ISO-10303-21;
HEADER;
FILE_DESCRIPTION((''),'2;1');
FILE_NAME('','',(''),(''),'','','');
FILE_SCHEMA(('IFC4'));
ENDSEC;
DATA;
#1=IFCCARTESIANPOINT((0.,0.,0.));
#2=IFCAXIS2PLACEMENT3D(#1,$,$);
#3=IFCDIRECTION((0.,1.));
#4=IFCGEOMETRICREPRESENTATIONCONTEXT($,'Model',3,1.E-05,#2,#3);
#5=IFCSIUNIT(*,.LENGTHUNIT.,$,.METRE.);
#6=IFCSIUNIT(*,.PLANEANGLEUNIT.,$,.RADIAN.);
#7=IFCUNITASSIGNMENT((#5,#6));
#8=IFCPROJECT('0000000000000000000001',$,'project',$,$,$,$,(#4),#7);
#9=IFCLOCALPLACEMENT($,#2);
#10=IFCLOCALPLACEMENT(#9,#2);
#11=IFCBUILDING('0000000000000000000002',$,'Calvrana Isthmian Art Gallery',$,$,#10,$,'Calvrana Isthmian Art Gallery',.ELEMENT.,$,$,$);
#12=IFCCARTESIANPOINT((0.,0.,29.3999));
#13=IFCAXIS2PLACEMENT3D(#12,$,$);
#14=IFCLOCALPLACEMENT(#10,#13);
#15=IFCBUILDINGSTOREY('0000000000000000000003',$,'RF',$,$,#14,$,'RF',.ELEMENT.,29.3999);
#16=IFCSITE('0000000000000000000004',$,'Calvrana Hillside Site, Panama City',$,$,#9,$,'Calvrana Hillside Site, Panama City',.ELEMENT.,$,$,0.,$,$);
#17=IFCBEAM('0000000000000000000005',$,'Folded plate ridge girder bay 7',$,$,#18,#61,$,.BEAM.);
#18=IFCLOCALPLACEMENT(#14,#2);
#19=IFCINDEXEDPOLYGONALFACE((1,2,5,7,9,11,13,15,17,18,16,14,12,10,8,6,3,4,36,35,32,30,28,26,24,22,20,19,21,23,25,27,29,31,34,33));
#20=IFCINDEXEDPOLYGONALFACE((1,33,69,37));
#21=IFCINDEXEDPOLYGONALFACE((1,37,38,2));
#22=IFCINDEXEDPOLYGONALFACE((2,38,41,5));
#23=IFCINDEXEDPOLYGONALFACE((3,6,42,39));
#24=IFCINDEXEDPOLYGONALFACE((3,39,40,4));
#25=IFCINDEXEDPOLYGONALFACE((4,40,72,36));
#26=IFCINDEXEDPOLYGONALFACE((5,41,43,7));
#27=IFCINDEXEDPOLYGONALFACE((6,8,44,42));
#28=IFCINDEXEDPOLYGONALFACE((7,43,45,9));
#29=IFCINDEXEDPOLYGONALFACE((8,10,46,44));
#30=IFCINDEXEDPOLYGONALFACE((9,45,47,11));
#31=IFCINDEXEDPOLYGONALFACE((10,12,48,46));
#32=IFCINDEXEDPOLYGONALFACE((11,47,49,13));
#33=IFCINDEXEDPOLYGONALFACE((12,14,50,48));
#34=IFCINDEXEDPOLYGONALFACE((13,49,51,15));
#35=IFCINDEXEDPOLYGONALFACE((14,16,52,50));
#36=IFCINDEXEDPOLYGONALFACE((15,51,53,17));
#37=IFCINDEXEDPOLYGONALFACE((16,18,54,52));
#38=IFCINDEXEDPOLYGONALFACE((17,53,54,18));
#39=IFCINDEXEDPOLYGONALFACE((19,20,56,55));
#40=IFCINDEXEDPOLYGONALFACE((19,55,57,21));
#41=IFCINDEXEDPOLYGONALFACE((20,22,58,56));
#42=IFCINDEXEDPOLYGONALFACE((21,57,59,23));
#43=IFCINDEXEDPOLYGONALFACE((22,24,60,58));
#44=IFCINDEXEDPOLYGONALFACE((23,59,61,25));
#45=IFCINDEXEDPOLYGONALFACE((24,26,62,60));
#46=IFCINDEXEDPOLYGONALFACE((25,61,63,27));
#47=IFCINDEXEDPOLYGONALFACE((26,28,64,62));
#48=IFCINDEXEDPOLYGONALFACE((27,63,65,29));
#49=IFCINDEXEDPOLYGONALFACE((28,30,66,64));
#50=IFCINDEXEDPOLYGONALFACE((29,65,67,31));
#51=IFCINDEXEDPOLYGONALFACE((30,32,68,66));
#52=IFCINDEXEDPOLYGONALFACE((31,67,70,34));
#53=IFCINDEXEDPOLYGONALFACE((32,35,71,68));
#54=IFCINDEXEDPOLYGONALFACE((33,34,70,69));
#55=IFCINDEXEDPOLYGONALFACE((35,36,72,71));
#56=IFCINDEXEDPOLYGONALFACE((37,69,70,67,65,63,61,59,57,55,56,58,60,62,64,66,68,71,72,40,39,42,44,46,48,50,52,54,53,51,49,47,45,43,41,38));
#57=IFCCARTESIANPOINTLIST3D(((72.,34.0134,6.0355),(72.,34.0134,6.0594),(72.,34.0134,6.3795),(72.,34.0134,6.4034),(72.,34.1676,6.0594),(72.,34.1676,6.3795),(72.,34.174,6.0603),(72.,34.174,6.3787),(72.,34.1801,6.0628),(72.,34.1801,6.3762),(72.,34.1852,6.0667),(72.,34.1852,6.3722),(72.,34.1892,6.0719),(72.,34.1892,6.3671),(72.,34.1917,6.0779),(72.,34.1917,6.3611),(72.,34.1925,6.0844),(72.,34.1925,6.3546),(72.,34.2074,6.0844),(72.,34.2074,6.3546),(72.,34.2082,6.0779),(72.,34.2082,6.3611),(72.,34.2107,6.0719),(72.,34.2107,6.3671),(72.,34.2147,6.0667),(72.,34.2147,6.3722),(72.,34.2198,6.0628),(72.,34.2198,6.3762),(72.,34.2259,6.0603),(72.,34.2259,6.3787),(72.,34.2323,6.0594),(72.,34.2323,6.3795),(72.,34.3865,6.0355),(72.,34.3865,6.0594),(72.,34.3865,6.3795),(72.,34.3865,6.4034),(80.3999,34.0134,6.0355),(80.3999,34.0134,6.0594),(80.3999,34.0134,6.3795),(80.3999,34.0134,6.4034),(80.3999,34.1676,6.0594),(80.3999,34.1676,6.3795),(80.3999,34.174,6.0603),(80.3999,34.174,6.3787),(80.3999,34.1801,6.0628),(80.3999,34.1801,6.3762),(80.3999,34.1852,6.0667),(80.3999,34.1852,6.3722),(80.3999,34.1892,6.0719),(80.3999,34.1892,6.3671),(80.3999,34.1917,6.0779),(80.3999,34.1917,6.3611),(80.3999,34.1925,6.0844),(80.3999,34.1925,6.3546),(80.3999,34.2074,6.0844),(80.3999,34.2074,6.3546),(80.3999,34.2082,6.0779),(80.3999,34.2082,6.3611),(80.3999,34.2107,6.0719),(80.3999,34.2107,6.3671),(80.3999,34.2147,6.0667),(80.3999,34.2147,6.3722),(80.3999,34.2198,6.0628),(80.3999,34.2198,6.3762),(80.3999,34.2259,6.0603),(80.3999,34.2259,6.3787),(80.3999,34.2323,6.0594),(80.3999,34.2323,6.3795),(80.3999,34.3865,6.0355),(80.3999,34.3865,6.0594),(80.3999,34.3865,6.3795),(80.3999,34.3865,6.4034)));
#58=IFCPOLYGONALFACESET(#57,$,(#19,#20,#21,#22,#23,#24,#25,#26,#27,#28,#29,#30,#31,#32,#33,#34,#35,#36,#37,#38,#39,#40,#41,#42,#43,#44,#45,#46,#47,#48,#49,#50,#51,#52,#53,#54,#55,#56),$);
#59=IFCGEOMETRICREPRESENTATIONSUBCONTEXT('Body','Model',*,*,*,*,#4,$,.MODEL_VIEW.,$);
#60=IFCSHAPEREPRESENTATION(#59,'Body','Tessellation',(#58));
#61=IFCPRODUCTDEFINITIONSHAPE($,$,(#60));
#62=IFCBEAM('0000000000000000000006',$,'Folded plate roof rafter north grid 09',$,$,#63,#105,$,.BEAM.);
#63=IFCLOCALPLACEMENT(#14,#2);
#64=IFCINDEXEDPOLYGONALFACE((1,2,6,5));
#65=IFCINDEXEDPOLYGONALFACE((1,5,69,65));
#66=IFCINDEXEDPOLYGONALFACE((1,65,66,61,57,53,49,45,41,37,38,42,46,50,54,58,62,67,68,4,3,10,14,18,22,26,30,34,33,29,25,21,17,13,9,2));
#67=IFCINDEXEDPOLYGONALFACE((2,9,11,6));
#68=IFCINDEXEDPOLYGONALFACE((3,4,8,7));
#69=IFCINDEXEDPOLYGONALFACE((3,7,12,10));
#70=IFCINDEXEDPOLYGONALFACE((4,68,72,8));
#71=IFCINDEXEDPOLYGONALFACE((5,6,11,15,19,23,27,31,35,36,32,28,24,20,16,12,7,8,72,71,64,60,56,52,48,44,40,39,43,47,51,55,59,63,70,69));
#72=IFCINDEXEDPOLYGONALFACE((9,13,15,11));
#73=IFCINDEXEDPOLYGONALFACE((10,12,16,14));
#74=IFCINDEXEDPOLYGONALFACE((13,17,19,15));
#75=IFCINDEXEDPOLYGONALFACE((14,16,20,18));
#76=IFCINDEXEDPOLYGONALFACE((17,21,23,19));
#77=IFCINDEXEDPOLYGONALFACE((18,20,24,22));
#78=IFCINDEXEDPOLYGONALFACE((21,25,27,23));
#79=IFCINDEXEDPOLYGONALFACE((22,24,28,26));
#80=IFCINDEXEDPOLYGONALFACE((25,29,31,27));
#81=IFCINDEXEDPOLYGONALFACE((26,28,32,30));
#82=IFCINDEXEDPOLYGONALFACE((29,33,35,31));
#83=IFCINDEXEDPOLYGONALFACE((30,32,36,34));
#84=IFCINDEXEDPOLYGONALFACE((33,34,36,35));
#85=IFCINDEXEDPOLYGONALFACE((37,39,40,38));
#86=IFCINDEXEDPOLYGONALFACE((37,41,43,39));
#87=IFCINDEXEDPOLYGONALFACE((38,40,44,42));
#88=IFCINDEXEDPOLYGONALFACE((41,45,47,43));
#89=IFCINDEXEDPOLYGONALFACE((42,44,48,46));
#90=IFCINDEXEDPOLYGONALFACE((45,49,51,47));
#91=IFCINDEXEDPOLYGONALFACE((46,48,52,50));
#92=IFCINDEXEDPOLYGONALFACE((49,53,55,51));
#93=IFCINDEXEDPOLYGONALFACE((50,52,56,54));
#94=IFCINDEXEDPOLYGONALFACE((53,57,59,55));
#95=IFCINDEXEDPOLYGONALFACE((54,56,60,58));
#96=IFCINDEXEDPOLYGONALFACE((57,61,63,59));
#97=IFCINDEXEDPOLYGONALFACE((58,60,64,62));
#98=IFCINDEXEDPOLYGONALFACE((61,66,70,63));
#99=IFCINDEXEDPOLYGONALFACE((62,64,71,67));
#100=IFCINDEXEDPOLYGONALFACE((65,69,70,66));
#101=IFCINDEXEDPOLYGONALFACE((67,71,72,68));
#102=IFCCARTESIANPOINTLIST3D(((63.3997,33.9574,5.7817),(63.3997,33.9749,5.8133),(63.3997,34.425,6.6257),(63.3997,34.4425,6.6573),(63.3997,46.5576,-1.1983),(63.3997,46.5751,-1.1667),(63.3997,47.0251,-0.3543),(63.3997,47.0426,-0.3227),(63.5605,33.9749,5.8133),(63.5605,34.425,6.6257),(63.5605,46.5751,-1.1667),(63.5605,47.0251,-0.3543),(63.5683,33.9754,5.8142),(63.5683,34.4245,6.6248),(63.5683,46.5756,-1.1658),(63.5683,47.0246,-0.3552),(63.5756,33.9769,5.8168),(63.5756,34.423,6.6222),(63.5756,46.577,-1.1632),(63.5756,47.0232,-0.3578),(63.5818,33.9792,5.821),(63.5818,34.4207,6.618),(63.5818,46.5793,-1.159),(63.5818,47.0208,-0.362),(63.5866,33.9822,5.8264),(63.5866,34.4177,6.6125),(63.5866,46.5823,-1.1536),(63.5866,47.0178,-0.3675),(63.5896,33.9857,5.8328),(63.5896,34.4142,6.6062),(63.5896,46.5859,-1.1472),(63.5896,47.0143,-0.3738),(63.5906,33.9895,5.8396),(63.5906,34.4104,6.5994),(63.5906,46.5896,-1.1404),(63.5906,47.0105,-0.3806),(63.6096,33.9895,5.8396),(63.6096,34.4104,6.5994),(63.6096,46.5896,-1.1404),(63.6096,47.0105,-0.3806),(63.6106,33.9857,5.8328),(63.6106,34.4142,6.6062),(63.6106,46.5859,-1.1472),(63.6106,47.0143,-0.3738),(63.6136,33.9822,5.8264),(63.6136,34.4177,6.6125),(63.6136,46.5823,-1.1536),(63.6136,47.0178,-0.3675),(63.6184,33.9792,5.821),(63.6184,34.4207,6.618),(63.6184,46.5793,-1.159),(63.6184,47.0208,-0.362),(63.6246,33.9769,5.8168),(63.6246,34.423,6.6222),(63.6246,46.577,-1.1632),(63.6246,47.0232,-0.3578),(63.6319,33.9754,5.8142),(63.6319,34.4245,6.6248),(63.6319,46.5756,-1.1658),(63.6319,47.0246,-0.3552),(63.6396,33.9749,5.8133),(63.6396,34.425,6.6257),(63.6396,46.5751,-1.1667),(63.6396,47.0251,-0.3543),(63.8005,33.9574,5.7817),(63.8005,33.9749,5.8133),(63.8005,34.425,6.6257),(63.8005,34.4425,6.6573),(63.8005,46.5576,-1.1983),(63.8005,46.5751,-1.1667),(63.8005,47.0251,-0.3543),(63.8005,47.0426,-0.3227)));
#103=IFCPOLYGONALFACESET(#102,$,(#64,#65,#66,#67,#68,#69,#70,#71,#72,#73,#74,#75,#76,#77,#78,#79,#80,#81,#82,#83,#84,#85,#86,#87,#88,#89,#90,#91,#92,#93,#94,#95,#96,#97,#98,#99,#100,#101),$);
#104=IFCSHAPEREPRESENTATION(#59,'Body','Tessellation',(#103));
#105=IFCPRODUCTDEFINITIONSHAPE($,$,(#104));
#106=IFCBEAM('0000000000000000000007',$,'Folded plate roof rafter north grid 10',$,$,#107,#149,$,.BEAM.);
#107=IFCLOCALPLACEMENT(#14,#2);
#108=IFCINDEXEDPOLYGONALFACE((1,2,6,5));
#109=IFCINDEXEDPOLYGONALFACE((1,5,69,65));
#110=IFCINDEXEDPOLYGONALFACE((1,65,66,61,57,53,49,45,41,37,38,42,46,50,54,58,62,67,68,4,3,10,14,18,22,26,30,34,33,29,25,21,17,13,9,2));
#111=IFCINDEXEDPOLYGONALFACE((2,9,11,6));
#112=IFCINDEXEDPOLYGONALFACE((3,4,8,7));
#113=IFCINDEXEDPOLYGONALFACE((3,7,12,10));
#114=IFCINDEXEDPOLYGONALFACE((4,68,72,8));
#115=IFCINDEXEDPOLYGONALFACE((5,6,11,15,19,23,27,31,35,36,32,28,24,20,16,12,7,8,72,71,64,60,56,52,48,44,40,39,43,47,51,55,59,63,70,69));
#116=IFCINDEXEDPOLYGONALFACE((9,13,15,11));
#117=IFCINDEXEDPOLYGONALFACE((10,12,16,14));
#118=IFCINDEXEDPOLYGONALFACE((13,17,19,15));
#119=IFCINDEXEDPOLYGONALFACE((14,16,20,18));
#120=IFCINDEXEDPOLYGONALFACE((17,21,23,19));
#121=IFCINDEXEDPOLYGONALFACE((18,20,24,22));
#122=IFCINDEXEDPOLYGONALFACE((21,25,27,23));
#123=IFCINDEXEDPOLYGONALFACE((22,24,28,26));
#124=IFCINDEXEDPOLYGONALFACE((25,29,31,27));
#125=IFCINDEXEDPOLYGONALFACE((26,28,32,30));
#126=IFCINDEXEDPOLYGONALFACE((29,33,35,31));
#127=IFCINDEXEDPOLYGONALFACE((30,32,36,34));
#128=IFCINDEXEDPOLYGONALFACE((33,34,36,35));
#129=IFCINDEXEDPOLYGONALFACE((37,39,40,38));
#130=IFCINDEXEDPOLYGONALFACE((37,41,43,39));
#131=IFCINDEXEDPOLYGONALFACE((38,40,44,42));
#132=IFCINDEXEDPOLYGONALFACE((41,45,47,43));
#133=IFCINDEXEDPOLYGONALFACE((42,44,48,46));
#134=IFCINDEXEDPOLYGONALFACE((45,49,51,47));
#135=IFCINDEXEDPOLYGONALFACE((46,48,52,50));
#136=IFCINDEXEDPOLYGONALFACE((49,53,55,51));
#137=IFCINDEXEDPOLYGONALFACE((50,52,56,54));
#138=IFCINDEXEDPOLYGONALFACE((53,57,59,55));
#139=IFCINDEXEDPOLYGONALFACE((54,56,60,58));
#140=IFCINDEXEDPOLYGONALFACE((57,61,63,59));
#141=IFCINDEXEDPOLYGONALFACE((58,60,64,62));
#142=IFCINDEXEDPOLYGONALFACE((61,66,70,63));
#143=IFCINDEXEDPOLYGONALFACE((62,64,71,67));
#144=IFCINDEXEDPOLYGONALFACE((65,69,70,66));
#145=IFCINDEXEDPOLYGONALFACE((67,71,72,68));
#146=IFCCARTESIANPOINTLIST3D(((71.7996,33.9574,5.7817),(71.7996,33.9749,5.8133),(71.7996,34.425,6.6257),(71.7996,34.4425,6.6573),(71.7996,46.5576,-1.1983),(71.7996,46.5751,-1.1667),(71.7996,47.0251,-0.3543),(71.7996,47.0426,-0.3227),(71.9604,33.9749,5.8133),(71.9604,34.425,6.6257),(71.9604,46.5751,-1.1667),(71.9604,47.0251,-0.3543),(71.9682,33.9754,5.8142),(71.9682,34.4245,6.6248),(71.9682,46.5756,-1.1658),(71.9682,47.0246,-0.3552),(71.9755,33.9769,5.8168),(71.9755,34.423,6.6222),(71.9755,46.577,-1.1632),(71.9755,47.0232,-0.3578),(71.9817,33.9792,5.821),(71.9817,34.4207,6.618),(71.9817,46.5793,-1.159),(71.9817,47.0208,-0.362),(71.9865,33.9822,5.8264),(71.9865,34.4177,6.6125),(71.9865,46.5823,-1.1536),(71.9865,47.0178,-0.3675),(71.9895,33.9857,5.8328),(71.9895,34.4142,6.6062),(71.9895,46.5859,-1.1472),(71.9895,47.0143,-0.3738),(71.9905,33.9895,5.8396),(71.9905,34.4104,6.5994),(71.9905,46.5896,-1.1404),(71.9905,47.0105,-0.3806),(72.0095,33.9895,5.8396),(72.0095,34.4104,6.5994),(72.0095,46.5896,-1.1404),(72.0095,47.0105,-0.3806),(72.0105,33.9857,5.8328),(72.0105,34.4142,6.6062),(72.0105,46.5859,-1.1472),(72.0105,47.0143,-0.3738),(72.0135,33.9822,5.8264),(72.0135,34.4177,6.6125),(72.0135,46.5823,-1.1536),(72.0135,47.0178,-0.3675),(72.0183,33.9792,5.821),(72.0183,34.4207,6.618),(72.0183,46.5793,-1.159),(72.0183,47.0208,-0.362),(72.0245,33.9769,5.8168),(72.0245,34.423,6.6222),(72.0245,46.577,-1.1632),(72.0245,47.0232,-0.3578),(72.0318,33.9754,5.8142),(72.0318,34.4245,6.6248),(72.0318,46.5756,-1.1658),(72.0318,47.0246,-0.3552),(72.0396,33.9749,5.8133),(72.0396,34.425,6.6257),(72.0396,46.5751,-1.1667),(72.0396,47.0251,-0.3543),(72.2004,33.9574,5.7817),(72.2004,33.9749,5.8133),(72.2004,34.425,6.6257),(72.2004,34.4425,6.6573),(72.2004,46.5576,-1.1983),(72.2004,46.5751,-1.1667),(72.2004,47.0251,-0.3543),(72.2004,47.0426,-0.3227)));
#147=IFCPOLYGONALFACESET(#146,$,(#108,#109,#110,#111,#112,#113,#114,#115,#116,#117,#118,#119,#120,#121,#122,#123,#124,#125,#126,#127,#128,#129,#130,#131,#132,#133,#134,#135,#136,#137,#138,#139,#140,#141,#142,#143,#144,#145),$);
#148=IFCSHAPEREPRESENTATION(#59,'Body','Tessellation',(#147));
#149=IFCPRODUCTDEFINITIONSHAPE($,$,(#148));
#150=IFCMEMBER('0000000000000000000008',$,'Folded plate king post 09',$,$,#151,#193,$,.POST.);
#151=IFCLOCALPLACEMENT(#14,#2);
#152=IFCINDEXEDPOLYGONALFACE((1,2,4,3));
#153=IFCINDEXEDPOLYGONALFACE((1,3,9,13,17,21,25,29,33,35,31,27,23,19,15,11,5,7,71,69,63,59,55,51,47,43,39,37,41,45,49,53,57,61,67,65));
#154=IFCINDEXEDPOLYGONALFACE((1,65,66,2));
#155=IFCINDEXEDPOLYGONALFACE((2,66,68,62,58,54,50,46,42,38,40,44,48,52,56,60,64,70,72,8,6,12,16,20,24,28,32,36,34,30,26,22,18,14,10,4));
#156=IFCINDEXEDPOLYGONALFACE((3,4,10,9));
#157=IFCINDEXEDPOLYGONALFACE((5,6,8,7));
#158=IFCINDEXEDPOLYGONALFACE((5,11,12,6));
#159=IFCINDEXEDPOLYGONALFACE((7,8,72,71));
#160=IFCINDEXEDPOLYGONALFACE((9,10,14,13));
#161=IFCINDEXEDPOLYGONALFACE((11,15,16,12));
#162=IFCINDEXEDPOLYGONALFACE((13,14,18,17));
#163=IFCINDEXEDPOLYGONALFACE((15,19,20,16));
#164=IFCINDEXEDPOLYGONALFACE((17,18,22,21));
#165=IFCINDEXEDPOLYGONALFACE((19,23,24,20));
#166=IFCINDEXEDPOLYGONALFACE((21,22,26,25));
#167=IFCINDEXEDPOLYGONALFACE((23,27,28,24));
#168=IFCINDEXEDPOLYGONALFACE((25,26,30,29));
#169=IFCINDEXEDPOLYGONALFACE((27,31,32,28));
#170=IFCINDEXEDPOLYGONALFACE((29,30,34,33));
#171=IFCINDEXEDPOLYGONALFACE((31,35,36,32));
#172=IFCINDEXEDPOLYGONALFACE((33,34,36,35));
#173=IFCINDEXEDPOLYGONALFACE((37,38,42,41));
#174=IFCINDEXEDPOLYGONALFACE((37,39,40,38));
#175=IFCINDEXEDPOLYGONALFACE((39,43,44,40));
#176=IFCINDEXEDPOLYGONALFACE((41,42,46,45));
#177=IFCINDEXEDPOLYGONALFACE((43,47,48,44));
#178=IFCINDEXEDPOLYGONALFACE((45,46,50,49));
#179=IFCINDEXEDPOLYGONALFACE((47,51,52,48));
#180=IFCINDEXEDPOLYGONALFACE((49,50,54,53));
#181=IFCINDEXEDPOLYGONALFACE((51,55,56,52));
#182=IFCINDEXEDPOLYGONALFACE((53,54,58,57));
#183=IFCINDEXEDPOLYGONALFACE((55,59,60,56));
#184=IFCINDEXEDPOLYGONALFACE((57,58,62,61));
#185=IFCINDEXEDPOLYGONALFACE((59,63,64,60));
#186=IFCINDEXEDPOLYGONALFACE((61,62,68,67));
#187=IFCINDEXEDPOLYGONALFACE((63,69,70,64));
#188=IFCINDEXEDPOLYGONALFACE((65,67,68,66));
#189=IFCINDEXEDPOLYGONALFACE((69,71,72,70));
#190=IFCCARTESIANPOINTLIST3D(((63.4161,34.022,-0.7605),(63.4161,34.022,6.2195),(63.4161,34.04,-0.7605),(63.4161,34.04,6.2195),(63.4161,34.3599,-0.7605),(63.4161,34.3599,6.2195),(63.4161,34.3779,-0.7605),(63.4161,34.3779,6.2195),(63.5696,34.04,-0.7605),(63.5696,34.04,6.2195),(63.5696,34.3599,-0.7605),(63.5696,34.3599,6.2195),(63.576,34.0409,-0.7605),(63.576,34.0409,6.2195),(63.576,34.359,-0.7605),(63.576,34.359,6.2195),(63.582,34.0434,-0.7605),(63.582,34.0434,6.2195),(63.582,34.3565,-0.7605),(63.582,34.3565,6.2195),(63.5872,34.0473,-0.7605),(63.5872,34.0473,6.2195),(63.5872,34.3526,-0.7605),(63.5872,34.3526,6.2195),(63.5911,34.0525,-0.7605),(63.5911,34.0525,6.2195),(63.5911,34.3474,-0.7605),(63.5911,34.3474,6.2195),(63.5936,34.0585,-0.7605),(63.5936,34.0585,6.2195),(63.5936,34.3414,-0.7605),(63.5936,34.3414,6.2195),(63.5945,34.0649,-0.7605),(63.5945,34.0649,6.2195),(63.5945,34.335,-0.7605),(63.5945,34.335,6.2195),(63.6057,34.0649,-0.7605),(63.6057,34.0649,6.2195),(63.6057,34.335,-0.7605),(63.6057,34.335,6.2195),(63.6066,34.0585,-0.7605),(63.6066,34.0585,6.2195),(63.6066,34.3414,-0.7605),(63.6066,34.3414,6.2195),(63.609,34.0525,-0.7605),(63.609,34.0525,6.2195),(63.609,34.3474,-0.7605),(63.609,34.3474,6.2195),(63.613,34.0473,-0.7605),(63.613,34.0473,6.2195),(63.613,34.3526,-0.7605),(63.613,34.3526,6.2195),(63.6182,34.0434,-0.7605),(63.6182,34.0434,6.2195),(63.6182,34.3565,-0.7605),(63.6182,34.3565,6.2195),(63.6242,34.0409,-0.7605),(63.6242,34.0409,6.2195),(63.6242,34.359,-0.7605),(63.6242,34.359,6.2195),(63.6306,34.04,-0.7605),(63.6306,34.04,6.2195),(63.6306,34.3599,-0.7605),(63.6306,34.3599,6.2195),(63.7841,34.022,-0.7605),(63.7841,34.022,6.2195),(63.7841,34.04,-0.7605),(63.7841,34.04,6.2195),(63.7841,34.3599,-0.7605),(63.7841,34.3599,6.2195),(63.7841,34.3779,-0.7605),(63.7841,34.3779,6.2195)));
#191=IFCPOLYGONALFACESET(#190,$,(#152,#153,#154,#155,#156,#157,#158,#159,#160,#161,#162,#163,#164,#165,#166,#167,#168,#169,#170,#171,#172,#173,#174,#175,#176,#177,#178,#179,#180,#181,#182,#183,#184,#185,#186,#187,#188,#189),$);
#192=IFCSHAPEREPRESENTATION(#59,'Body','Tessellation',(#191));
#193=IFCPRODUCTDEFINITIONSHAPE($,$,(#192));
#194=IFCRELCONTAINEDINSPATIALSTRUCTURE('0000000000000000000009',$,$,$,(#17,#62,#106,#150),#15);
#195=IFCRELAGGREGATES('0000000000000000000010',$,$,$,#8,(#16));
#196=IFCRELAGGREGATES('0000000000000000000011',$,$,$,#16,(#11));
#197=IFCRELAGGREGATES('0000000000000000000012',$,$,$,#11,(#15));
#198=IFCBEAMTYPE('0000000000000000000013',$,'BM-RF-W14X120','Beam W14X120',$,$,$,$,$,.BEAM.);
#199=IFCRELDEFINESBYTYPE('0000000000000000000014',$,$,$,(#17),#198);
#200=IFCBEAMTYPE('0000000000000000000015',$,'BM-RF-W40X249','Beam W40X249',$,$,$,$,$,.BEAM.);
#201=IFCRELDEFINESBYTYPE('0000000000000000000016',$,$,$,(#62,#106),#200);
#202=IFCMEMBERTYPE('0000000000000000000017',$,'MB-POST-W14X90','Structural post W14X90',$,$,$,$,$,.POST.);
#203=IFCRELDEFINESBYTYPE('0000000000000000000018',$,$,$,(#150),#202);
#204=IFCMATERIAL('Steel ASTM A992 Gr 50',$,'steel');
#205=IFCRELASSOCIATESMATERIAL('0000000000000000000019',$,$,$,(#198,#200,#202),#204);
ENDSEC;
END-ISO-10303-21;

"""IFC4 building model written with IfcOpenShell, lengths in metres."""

from ifc_helpers import new_model, si_unit, direction, frame, origin, origin_2d, place, context, subcontext, project, spatial, i_section, extrude, material, material_profile, profile_set, type_object, element, save


model = new_model("IFC4")

# Units and contexts
model_context = context("Model", 3, precision=1e-05, world=origin(), true_north=direction((0.0, 1.0)))
body_context = subcontext(model_context, "Body", "Model", "MODEL_VIEW")
ifc_project = project(units=[si_unit("LENGTHUNIT", "METRE"), si_unit("PLANEANGLEUNIT", "RADIAN")], contexts=[model_context])

# Site, building, storey
site_placement = place(None, origin())
site = spatial("IfcSite", under=ifc_project, at=site_placement, Name="Calvrana Hillside Site, Panama City", LongName="Calvrana Hillside Site, Panama City", CompositionType="ELEMENT", RefElevation=0.0)
building_placement = place(site_placement, origin())
building = spatial("IfcBuilding", under=site, at=building_placement, Name="Calvrana Isthmian Art Gallery", LongName="Calvrana Isthmian Art Gallery", CompositionType="ELEMENT")
storey_placement = place(building_placement, frame((0.0, 0.0, 29.3999)))
storey = spatial("IfcBuildingStorey", under=building, at=storey_placement, Name="RF", LongName="RF", CompositionType="ELEMENT", Elevation=29.3999)

# Beams
ifc_material_1 = material(Name="Steel ASTM A992 Gr 50", Category="steel")
ifc_material_profile_1 = material_profile(ifc_material_1, i_section(OverallWidth=0.373, OverallDepth=0.3679, WebThickness=0.0149, FlangeThickness=0.0239, FilletRadius=0.0249, at=origin_2d()), Name="W14X120")
ifc_profile_set_1 = profile_set([ifc_material_profile_1], Name="Steel ASTM A992 Gr 50")
beam_type_1 = type_object("IfcBeamType", Name="BM-RF-W14X120", Description="Beam W14X120", PredefinedType="BEAM", material=ifc_profile_set_1)
for number, where, z_axis, x_axis, name in (
    (1, (72.0, 34.2, 6.2195), (1.0, 0.0, 0.0), (0.0, 1.0, 0.0), "Folded plate ridge girder bay 7"),
):
    element("IfcBeam", number, at=place(storey_placement, frame(where, z_axis=z_axis, x_axis=x_axis)), inside=storey, type_object=beam_type_1, Name=name, PredefinedType="BEAM", context=body_context, shape_type="SweptSolid", body=[
        extrude(i_section(OverallWidth=0.373, OverallDepth=0.3679, WebThickness=0.0149, FlangeThickness=0.0239, FilletRadius=0.0249, at=origin_2d()), origin(), (0.0, 0.0, 1.0), 8.3999),
    ])
ifc_material_profile_2 = material_profile(ifc_material_1, i_section(OverallWidth=0.4009, OverallDepth=1.001, WebThickness=0.019, FlangeThickness=0.0361, FilletRadius=0.03, at=origin_2d()), Name="W40X249")
ifc_profile_set_2 = profile_set([ifc_material_profile_2], Name="Steel ASTM A992 Gr 50")
beam_type_2 = type_object("IfcBeamType", Name="BM-RF-W40X249", Description="Beam W40X249", PredefinedType="BEAM", material=ifc_profile_set_2)
for number, where, z_axis, x_axis, name in (
    (2, (63.6001, 34.2, 6.2195), (0.0, 0.874748, -0.484578), (-1.0, 0.0, 0.0), "Folded plate roof rafter north grid 09"),
    (3, (72.0, 34.2, 6.2195), (0.0, 0.874748, -0.484578), (-1.0, 0.0, 0.0), "Folded plate roof rafter north grid 10"),
):
    element("IfcBeam", number, at=place(storey_placement, frame(where, z_axis=z_axis, x_axis=x_axis)), inside=storey, type_object=beam_type_2, Name=name, PredefinedType="BEAM", context=body_context, shape_type="SweptSolid", body=[
        extrude(i_section(OverallWidth=0.4009, OverallDepth=1.001, WebThickness=0.019, FlangeThickness=0.0361, FilletRadius=0.03, at=origin_2d()), origin(), (0.0, 0.0, 1.0), 14.4043),
    ])

# Member
ifc_material_profile_3 = material_profile(ifc_material_1, i_section(OverallWidth=0.3679, OverallDepth=0.356, WebThickness=0.0112, FlangeThickness=0.0181, FilletRadius=0.0249, at=origin_2d()), Name="W14X90")
ifc_profile_set_3 = profile_set([ifc_material_profile_3], Name="Steel ASTM A992 Gr 50")
member_type_1 = type_object("IfcMemberType", Name="MB-POST-W14X90", Description="Structural post W14X90", PredefinedType="POST", material=ifc_profile_set_3)
for number, where, z_axis, x_axis, name in (
    (4, (63.6001, 34.2, -0.7605), (0.0, 0.0, 1.0), (1.0, 0.0, 0.0), "Folded plate king post 09"),
):
    element("IfcMember", number, at=place(storey_placement, frame(where, z_axis=z_axis, x_axis=x_axis)), inside=storey, type_object=member_type_1, Name=name, PredefinedType="POST", context=body_context, shape_type="SweptSolid", body=[
        extrude(i_section(OverallWidth=0.3679, OverallDepth=0.356, WebThickness=0.0112, FlangeThickness=0.0181, FilletRadius=0.0249, at=origin_2d()), origin(), (0.0, 0.0, 1.0), 6.98),
    ])

save(model, "model.ifc")
